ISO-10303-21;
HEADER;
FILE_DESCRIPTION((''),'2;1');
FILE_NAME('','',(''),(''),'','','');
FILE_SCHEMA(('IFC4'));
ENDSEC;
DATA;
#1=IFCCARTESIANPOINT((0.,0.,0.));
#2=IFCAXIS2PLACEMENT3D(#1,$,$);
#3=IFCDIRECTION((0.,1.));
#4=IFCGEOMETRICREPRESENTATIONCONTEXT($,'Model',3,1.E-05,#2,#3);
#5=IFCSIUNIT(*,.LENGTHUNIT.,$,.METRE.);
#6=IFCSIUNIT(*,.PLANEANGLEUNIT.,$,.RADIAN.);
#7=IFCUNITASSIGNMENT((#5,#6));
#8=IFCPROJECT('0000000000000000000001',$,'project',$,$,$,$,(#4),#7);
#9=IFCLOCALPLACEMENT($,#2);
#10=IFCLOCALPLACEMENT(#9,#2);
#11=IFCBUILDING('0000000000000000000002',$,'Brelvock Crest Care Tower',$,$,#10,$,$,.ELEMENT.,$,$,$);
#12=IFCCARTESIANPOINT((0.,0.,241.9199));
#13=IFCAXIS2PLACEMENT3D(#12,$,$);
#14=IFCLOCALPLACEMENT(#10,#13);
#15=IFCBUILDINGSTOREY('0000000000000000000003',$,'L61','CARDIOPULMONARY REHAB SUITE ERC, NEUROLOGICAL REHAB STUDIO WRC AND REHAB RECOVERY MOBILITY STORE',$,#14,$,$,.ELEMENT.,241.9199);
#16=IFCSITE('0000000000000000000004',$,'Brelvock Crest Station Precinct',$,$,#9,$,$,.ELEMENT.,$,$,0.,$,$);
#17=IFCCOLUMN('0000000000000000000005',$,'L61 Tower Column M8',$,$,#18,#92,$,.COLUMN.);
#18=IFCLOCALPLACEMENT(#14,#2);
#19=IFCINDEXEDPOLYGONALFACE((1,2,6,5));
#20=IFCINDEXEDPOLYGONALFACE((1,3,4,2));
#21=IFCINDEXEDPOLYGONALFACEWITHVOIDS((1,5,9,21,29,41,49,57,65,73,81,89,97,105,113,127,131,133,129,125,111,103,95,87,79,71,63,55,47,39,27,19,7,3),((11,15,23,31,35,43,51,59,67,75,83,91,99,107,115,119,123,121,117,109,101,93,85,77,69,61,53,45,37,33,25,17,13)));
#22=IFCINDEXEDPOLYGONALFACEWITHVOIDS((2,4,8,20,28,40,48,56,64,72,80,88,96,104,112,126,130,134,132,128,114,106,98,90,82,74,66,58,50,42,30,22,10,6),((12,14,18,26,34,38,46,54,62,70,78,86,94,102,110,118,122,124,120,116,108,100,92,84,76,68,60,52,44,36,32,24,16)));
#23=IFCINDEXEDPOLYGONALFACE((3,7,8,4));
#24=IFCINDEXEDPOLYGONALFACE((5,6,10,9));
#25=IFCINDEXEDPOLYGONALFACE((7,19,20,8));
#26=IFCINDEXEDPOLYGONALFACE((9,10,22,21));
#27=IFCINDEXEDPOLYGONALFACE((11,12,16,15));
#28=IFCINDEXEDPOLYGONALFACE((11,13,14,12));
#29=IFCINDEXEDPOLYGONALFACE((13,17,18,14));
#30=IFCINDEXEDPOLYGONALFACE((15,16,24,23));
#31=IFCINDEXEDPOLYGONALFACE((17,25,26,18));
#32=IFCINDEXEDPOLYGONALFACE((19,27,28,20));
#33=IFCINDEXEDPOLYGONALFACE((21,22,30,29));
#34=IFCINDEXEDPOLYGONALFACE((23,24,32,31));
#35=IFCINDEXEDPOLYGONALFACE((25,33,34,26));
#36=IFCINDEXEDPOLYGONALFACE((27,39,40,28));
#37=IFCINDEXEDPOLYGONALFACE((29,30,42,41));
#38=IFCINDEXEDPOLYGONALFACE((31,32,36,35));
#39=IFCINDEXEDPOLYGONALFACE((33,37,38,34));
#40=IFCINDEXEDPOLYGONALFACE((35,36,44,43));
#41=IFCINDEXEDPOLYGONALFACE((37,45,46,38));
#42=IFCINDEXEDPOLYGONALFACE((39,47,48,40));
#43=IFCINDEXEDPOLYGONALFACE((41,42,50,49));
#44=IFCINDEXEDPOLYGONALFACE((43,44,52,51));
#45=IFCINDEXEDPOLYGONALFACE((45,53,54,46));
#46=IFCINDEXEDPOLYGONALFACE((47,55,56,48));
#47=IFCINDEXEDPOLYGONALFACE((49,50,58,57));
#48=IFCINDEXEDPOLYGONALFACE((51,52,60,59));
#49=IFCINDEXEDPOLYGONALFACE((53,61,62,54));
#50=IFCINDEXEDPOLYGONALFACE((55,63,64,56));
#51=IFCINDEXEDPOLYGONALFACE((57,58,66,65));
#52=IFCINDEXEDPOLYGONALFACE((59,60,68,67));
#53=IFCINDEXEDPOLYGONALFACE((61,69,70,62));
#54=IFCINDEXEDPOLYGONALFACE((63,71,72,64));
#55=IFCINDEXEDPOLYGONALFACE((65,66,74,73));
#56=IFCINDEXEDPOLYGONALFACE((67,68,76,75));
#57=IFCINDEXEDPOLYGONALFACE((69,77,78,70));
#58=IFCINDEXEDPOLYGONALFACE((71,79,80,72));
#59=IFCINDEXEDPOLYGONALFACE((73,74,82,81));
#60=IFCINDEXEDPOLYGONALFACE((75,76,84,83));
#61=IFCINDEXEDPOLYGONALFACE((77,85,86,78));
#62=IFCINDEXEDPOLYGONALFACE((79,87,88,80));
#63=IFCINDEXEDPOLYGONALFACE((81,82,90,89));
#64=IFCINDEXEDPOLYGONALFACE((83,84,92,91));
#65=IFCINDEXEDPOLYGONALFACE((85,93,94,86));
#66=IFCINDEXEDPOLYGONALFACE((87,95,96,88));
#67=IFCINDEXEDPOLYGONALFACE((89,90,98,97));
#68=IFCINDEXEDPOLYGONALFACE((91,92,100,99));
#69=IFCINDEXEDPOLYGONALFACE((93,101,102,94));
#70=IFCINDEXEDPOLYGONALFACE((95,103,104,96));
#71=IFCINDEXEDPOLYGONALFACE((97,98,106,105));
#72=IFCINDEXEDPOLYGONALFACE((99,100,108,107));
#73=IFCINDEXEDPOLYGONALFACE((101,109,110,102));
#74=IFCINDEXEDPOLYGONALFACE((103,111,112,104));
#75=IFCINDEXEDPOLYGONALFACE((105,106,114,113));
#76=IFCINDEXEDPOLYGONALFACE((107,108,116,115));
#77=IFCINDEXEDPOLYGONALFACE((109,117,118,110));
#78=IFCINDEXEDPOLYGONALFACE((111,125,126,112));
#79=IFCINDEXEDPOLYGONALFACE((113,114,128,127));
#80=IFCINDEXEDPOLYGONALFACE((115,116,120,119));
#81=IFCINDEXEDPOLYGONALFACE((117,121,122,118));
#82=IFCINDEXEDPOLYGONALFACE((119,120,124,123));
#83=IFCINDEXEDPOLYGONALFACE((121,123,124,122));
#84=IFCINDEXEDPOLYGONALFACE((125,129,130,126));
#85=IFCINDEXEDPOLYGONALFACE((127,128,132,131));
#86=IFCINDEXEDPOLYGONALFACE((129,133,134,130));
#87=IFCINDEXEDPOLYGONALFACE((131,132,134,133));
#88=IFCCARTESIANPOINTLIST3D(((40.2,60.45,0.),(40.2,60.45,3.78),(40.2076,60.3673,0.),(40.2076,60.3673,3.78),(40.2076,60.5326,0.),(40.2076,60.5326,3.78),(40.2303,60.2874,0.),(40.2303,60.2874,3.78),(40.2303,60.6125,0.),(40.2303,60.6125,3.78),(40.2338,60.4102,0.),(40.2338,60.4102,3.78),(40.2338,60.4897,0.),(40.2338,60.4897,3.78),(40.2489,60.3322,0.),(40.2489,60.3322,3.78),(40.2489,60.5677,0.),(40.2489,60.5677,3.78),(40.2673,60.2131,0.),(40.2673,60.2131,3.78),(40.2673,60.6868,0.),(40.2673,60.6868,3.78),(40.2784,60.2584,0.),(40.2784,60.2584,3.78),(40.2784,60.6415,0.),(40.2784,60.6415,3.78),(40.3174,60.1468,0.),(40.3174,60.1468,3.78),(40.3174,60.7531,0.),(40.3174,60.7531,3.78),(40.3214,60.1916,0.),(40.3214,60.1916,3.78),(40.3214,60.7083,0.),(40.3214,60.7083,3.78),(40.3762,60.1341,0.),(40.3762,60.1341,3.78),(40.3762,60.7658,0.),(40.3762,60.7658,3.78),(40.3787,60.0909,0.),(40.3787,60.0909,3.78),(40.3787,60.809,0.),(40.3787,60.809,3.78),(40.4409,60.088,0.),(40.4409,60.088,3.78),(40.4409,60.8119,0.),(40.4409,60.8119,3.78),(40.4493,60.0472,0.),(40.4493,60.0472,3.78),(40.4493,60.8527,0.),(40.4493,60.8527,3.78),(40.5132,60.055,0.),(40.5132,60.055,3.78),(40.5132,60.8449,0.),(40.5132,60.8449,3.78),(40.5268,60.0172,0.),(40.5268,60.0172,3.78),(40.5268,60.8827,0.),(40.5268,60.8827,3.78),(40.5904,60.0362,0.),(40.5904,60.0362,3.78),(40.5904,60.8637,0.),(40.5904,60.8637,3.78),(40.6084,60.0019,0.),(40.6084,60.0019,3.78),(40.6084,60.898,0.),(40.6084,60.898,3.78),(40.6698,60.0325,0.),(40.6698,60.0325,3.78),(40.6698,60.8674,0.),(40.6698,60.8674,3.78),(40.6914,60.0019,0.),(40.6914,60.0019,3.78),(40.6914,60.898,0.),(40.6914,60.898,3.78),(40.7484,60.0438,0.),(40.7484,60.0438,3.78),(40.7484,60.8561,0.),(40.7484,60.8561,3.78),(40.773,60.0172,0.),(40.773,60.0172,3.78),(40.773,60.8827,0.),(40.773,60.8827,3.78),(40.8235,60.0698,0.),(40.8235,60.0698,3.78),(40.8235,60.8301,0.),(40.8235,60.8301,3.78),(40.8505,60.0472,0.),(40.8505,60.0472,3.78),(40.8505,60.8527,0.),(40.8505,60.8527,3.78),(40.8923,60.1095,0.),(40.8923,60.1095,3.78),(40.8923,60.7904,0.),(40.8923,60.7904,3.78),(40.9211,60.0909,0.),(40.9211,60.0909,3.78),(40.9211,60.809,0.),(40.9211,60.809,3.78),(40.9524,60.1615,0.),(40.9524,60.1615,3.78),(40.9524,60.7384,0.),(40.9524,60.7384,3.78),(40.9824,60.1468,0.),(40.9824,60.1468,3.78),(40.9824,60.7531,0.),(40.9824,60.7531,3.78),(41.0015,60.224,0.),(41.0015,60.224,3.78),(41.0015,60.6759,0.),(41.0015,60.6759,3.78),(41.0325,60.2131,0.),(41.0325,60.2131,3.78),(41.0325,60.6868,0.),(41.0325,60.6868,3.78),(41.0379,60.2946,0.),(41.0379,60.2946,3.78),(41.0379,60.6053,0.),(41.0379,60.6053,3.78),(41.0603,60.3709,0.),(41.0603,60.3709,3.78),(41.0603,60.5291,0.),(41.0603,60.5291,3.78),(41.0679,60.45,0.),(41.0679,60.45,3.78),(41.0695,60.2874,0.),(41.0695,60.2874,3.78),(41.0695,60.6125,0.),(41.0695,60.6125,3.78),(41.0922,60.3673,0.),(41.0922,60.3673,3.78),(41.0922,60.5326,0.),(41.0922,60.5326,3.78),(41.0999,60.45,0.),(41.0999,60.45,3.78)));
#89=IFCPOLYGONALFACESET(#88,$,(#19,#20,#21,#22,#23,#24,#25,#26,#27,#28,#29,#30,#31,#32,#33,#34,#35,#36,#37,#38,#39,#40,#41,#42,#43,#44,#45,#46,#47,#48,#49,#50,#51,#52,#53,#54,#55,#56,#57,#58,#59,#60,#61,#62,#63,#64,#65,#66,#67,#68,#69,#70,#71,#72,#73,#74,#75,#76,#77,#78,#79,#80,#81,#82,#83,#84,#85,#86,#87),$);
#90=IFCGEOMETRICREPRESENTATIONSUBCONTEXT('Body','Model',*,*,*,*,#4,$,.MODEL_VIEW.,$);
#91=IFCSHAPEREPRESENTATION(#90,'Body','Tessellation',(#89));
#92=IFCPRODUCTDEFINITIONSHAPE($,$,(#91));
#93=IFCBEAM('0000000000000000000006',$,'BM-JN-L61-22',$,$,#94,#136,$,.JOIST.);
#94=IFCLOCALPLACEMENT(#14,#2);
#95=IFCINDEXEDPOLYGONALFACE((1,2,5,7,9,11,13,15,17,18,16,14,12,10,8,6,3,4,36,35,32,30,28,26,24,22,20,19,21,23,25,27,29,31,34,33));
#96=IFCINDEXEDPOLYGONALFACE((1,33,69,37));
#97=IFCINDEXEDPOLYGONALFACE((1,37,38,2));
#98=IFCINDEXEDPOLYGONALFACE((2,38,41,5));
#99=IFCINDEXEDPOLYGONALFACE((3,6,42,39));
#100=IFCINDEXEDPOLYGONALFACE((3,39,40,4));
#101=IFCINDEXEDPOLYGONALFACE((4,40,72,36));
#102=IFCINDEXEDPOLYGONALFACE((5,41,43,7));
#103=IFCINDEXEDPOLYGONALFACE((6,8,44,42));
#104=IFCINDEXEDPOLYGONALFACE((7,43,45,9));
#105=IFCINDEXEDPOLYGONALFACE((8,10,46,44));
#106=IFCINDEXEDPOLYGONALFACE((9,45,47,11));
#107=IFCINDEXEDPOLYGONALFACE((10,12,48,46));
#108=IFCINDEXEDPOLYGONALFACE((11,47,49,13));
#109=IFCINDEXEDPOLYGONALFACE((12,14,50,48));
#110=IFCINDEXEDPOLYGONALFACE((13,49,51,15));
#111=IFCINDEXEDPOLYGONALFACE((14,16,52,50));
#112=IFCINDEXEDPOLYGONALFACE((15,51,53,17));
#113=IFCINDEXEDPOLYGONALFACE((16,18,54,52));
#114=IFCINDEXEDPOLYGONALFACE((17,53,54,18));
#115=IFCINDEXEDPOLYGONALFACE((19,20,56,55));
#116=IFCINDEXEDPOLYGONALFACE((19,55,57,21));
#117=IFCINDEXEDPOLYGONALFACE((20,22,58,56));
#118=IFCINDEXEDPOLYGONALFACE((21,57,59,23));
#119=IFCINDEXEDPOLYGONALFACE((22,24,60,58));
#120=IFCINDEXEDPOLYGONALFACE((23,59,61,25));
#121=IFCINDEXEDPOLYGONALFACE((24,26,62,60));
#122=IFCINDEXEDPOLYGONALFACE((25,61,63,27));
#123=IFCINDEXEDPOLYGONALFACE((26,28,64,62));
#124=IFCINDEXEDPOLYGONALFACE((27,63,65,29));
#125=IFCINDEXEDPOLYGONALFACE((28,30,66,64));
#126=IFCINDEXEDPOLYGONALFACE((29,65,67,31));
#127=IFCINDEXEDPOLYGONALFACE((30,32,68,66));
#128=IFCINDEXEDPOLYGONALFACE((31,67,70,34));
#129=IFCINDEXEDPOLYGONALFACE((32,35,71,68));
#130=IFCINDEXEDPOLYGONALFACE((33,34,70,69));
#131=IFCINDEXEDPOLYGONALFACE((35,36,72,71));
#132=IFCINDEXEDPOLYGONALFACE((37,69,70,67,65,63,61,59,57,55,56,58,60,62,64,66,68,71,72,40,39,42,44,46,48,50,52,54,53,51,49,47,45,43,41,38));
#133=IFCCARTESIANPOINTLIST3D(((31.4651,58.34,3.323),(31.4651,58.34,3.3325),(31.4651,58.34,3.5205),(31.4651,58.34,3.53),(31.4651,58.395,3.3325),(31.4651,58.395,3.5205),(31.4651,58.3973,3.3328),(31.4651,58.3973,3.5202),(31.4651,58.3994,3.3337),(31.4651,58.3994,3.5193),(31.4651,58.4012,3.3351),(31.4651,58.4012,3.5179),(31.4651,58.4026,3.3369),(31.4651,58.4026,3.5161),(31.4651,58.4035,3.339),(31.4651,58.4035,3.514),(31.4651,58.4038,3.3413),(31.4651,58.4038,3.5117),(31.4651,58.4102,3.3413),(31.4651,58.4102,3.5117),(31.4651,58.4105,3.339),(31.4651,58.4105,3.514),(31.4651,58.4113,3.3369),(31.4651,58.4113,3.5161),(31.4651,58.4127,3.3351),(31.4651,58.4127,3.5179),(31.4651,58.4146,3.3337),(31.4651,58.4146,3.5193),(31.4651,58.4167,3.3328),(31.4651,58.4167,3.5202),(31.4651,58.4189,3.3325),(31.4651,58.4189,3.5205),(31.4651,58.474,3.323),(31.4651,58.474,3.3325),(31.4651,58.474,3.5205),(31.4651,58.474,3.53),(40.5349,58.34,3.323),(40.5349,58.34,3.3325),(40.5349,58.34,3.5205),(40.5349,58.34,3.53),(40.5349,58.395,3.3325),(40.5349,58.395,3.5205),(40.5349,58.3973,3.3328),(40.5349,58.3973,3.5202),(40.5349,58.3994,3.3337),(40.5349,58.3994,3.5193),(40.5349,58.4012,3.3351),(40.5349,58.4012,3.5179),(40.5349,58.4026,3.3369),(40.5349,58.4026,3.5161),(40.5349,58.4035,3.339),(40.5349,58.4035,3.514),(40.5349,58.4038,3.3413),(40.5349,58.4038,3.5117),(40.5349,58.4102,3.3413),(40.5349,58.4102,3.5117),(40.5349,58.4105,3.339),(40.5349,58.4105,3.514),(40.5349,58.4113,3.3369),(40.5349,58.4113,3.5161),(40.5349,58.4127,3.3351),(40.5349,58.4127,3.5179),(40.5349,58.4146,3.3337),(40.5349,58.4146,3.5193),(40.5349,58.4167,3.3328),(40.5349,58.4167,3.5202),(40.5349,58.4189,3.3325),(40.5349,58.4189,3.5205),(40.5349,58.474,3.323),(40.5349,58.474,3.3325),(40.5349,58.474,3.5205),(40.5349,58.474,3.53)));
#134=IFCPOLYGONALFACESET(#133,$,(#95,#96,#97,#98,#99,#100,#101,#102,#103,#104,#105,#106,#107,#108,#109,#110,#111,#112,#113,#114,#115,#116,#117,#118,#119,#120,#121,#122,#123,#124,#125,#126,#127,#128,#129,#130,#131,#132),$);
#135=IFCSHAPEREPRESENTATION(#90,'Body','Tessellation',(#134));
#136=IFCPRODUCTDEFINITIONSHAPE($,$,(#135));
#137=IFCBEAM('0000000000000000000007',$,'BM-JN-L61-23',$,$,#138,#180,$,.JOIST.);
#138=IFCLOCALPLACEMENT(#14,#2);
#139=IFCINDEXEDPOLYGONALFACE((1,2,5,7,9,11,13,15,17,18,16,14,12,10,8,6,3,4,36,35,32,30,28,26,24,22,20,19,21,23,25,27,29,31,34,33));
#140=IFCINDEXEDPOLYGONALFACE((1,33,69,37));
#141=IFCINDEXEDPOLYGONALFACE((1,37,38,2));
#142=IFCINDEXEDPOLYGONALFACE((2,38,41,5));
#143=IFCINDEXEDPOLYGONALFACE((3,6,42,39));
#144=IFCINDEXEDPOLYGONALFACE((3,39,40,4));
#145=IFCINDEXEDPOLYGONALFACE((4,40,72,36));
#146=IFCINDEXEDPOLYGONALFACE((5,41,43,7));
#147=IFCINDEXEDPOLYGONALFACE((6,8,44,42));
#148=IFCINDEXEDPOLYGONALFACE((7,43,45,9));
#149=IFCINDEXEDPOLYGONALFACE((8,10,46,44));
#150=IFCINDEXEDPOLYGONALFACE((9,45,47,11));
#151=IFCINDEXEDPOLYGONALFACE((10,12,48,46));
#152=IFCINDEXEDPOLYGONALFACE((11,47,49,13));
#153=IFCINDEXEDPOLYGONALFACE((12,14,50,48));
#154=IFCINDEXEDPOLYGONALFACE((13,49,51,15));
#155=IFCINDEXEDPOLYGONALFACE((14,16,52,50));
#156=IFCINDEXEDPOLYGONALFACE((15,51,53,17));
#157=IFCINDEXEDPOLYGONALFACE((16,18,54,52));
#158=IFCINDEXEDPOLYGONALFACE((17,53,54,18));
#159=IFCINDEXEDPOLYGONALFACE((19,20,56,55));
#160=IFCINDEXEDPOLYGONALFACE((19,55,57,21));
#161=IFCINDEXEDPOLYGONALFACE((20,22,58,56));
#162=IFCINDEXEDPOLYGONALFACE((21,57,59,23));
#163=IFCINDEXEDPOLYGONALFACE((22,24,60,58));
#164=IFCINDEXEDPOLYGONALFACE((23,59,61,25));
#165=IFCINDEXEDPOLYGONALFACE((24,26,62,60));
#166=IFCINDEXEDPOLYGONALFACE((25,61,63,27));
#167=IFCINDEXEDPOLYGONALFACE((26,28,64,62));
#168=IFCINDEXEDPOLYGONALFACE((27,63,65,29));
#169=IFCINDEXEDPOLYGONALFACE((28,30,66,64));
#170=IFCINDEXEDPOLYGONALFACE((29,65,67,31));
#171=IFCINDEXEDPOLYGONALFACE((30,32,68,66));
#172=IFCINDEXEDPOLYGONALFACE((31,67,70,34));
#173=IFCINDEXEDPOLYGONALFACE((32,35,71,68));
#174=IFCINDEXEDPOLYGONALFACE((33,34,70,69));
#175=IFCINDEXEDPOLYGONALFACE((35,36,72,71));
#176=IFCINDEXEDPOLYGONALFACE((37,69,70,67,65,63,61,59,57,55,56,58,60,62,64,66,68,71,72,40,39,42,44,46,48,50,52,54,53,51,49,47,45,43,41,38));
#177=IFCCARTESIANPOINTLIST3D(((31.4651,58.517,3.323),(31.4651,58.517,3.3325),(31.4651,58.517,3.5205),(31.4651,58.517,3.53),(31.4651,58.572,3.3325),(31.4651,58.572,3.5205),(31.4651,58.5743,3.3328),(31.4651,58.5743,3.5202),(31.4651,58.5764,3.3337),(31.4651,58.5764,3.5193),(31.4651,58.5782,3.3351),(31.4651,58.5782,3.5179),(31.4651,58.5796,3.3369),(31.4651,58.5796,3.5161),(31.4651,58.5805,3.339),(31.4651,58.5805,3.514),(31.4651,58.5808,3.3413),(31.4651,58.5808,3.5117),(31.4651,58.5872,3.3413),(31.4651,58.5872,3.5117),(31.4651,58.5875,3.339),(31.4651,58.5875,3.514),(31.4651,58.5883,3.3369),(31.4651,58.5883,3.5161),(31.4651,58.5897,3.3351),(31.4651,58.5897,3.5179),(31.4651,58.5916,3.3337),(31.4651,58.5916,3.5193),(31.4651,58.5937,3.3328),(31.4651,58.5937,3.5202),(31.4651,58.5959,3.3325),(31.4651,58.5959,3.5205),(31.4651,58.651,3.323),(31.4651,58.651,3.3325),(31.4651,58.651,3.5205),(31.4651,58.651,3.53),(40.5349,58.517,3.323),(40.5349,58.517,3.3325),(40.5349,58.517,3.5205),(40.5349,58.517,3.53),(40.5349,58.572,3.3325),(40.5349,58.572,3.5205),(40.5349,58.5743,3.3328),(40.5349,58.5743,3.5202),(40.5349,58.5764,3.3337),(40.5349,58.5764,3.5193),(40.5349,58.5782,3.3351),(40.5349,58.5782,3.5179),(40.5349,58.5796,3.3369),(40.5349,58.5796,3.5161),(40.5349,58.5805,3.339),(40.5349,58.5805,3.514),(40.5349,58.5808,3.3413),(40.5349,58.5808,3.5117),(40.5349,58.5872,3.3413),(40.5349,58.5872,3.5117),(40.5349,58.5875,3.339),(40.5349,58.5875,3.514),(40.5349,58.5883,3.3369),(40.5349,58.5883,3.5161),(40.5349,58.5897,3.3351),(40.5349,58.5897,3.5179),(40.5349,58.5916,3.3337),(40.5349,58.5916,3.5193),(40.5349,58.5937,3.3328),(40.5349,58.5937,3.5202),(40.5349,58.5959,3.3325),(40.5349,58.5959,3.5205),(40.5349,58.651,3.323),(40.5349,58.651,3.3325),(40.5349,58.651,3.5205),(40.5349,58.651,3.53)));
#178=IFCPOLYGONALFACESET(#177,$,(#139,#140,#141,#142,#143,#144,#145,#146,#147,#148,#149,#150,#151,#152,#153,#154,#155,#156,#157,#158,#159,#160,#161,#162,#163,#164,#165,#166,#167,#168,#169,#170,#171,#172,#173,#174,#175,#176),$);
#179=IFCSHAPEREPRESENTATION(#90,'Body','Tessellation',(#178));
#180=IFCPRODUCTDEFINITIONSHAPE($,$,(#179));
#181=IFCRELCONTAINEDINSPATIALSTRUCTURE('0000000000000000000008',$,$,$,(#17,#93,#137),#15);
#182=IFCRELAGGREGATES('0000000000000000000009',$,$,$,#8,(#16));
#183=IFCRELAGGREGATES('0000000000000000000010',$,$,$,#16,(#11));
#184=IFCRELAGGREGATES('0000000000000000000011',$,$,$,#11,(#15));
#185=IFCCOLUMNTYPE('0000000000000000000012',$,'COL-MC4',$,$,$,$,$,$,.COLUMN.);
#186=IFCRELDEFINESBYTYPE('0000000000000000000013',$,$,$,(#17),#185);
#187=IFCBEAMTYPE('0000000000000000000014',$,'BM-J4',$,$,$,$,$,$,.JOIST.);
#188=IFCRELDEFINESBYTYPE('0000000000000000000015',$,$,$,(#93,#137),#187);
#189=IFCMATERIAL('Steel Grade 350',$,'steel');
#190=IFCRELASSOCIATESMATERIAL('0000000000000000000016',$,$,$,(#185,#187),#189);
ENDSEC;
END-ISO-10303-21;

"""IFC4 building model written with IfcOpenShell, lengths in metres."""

from ifc_helpers import new_model, si_unit, direction, frame, origin, origin_2d, place, context, subcontext, project, spatial, hollow_circle, i_section, extrude, source, transform, mapped, material, material_profile, profile_set, type_object, element, save


model = new_model("IFC4")

# Units and contexts
model_context = context("Model", 3, precision=1e-05, world=origin(), true_north=direction((0.0, 1.0)))
body_context = subcontext(model_context, "Body", "Model", "MODEL_VIEW")
ifc_project = project(units=[si_unit("LENGTHUNIT", "METRE"), si_unit("PLANEANGLEUNIT", "RADIAN")], contexts=[model_context])

# Site, building, storey
site_placement = place(None, origin())
site = spatial("IfcSite", under=ifc_project, at=site_placement, Name="Brelvock Crest Station Precinct", CompositionType="ELEMENT", RefElevation=0.0)
building_placement = place(site_placement, origin())
building = spatial("IfcBuilding", under=site, at=building_placement, Name="Brelvock Crest Care Tower", CompositionType="ELEMENT")
storey_placement = place(building_placement, frame((0.0, 0.0, 241.9199)))
storey = spatial("IfcBuildingStorey", under=building, at=storey_placement, Name="L61", Description="CARDIOPULMONARY REHAB SUITE ERC, NEUROLOGICAL REHAB STUDIO WRC AND REHAB RECOVERY MOBILITY STORE", CompositionType="ELEMENT", Elevation=241.9199)

# Column
ifc_material_1 = material(Name="Steel Grade 350", Category="steel")
ifc_material_profile_1 = material_profile(ifc_material_1, hollow_circle(Radius=0.45, WallThickness=0.032, at=origin_2d()), Name="CFT900x32")
ifc_profile_set_1 = profile_set([ifc_material_profile_1], Name="Steel Grade 350")
column_type = type_object("IfcColumnType", Name="COL-MC4", PredefinedType="COLUMN", material=ifc_profile_set_1)
shared_shape_1 = source(origin(), body_context, "Body", "SweptSolid", [
    extrude(hollow_circle(Radius=0.45, WallThickness=0.032, at=origin_2d()), origin(), (0.0, 0.0, 1.0), 3.78),
])
column_placement = place(storey_placement, frame((40.6499, 60.45, 0.0), z_axis=(0.0, 0.0, 1.0), x_axis=(1.0, 0.0, 0.0)))
element("IfcColumn", 1, at=column_placement, inside=storey, type_object=column_type, Name="L61 Tower Column M8", PredefinedType="COLUMN", context=body_context, shape_type="MappedRepresentation", body=[
    mapped(shared_shape_1, transform((0.0, 0.0, 0.0), x_axis=(1.0, 0.0, 0.0), y_axis=(0.0, 1.0, 0.0), z_axis=(0.0, 0.0, 1.0), scale=1.0)),
])

# Beams
ifc_material_profile_2 = material_profile(ifc_material_1, i_section(OverallWidth=0.134, OverallDepth=0.207, WebThickness=0.0063, FlangeThickness=0.0095, FilletRadius=0.0088, at=origin_2d()), Name="200UB29.8")
ifc_profile_set_2 = profile_set([ifc_material_profile_2], Name="Steel Grade 350")
beam_type_1 = type_object("IfcBeamType", Name="BM-J4", PredefinedType="JOIST", material=ifc_profile_set_2)
shared_shape_2 = source(origin(), body_context, "Body", "SweptSolid", [
    extrude(i_section(OverallWidth=0.134, OverallDepth=0.207, WebThickness=0.0063, FlangeThickness=0.0095, FilletRadius=0.0088, at=origin_2d()), origin(), (0.0, 0.0, 1.0), 9.0698),
])
for number, where, z_axis, x_axis, name in (
    (2, (31.4651, 58.407, 3.4265), (1.0, 0.0, 0.0), (0.0, 1.0, 0.0), "BM-JN-L61-22"),
    (3, (31.4651, 58.584, 3.4265), (1.0, 0.0, 0.0), (0.0, 1.0, 0.0), "BM-JN-L61-23"),
):
    element("IfcBeam", number, at=place(storey_placement, frame(where, z_axis=z_axis, x_axis=x_axis)), inside=storey, type_object=beam_type_1, Name=name, PredefinedType="JOIST", context=body_context, shape_type="MappedRepresentation", body=[
        mapped(shared_shape_2, transform((0.0, 0.0, 0.0), x_axis=(1.0, 0.0, 0.0), y_axis=(0.0, 1.0, 0.0), z_axis=(0.0, 0.0, 1.0), scale=1.0)),
    ])

save(model, "model.ifc")
